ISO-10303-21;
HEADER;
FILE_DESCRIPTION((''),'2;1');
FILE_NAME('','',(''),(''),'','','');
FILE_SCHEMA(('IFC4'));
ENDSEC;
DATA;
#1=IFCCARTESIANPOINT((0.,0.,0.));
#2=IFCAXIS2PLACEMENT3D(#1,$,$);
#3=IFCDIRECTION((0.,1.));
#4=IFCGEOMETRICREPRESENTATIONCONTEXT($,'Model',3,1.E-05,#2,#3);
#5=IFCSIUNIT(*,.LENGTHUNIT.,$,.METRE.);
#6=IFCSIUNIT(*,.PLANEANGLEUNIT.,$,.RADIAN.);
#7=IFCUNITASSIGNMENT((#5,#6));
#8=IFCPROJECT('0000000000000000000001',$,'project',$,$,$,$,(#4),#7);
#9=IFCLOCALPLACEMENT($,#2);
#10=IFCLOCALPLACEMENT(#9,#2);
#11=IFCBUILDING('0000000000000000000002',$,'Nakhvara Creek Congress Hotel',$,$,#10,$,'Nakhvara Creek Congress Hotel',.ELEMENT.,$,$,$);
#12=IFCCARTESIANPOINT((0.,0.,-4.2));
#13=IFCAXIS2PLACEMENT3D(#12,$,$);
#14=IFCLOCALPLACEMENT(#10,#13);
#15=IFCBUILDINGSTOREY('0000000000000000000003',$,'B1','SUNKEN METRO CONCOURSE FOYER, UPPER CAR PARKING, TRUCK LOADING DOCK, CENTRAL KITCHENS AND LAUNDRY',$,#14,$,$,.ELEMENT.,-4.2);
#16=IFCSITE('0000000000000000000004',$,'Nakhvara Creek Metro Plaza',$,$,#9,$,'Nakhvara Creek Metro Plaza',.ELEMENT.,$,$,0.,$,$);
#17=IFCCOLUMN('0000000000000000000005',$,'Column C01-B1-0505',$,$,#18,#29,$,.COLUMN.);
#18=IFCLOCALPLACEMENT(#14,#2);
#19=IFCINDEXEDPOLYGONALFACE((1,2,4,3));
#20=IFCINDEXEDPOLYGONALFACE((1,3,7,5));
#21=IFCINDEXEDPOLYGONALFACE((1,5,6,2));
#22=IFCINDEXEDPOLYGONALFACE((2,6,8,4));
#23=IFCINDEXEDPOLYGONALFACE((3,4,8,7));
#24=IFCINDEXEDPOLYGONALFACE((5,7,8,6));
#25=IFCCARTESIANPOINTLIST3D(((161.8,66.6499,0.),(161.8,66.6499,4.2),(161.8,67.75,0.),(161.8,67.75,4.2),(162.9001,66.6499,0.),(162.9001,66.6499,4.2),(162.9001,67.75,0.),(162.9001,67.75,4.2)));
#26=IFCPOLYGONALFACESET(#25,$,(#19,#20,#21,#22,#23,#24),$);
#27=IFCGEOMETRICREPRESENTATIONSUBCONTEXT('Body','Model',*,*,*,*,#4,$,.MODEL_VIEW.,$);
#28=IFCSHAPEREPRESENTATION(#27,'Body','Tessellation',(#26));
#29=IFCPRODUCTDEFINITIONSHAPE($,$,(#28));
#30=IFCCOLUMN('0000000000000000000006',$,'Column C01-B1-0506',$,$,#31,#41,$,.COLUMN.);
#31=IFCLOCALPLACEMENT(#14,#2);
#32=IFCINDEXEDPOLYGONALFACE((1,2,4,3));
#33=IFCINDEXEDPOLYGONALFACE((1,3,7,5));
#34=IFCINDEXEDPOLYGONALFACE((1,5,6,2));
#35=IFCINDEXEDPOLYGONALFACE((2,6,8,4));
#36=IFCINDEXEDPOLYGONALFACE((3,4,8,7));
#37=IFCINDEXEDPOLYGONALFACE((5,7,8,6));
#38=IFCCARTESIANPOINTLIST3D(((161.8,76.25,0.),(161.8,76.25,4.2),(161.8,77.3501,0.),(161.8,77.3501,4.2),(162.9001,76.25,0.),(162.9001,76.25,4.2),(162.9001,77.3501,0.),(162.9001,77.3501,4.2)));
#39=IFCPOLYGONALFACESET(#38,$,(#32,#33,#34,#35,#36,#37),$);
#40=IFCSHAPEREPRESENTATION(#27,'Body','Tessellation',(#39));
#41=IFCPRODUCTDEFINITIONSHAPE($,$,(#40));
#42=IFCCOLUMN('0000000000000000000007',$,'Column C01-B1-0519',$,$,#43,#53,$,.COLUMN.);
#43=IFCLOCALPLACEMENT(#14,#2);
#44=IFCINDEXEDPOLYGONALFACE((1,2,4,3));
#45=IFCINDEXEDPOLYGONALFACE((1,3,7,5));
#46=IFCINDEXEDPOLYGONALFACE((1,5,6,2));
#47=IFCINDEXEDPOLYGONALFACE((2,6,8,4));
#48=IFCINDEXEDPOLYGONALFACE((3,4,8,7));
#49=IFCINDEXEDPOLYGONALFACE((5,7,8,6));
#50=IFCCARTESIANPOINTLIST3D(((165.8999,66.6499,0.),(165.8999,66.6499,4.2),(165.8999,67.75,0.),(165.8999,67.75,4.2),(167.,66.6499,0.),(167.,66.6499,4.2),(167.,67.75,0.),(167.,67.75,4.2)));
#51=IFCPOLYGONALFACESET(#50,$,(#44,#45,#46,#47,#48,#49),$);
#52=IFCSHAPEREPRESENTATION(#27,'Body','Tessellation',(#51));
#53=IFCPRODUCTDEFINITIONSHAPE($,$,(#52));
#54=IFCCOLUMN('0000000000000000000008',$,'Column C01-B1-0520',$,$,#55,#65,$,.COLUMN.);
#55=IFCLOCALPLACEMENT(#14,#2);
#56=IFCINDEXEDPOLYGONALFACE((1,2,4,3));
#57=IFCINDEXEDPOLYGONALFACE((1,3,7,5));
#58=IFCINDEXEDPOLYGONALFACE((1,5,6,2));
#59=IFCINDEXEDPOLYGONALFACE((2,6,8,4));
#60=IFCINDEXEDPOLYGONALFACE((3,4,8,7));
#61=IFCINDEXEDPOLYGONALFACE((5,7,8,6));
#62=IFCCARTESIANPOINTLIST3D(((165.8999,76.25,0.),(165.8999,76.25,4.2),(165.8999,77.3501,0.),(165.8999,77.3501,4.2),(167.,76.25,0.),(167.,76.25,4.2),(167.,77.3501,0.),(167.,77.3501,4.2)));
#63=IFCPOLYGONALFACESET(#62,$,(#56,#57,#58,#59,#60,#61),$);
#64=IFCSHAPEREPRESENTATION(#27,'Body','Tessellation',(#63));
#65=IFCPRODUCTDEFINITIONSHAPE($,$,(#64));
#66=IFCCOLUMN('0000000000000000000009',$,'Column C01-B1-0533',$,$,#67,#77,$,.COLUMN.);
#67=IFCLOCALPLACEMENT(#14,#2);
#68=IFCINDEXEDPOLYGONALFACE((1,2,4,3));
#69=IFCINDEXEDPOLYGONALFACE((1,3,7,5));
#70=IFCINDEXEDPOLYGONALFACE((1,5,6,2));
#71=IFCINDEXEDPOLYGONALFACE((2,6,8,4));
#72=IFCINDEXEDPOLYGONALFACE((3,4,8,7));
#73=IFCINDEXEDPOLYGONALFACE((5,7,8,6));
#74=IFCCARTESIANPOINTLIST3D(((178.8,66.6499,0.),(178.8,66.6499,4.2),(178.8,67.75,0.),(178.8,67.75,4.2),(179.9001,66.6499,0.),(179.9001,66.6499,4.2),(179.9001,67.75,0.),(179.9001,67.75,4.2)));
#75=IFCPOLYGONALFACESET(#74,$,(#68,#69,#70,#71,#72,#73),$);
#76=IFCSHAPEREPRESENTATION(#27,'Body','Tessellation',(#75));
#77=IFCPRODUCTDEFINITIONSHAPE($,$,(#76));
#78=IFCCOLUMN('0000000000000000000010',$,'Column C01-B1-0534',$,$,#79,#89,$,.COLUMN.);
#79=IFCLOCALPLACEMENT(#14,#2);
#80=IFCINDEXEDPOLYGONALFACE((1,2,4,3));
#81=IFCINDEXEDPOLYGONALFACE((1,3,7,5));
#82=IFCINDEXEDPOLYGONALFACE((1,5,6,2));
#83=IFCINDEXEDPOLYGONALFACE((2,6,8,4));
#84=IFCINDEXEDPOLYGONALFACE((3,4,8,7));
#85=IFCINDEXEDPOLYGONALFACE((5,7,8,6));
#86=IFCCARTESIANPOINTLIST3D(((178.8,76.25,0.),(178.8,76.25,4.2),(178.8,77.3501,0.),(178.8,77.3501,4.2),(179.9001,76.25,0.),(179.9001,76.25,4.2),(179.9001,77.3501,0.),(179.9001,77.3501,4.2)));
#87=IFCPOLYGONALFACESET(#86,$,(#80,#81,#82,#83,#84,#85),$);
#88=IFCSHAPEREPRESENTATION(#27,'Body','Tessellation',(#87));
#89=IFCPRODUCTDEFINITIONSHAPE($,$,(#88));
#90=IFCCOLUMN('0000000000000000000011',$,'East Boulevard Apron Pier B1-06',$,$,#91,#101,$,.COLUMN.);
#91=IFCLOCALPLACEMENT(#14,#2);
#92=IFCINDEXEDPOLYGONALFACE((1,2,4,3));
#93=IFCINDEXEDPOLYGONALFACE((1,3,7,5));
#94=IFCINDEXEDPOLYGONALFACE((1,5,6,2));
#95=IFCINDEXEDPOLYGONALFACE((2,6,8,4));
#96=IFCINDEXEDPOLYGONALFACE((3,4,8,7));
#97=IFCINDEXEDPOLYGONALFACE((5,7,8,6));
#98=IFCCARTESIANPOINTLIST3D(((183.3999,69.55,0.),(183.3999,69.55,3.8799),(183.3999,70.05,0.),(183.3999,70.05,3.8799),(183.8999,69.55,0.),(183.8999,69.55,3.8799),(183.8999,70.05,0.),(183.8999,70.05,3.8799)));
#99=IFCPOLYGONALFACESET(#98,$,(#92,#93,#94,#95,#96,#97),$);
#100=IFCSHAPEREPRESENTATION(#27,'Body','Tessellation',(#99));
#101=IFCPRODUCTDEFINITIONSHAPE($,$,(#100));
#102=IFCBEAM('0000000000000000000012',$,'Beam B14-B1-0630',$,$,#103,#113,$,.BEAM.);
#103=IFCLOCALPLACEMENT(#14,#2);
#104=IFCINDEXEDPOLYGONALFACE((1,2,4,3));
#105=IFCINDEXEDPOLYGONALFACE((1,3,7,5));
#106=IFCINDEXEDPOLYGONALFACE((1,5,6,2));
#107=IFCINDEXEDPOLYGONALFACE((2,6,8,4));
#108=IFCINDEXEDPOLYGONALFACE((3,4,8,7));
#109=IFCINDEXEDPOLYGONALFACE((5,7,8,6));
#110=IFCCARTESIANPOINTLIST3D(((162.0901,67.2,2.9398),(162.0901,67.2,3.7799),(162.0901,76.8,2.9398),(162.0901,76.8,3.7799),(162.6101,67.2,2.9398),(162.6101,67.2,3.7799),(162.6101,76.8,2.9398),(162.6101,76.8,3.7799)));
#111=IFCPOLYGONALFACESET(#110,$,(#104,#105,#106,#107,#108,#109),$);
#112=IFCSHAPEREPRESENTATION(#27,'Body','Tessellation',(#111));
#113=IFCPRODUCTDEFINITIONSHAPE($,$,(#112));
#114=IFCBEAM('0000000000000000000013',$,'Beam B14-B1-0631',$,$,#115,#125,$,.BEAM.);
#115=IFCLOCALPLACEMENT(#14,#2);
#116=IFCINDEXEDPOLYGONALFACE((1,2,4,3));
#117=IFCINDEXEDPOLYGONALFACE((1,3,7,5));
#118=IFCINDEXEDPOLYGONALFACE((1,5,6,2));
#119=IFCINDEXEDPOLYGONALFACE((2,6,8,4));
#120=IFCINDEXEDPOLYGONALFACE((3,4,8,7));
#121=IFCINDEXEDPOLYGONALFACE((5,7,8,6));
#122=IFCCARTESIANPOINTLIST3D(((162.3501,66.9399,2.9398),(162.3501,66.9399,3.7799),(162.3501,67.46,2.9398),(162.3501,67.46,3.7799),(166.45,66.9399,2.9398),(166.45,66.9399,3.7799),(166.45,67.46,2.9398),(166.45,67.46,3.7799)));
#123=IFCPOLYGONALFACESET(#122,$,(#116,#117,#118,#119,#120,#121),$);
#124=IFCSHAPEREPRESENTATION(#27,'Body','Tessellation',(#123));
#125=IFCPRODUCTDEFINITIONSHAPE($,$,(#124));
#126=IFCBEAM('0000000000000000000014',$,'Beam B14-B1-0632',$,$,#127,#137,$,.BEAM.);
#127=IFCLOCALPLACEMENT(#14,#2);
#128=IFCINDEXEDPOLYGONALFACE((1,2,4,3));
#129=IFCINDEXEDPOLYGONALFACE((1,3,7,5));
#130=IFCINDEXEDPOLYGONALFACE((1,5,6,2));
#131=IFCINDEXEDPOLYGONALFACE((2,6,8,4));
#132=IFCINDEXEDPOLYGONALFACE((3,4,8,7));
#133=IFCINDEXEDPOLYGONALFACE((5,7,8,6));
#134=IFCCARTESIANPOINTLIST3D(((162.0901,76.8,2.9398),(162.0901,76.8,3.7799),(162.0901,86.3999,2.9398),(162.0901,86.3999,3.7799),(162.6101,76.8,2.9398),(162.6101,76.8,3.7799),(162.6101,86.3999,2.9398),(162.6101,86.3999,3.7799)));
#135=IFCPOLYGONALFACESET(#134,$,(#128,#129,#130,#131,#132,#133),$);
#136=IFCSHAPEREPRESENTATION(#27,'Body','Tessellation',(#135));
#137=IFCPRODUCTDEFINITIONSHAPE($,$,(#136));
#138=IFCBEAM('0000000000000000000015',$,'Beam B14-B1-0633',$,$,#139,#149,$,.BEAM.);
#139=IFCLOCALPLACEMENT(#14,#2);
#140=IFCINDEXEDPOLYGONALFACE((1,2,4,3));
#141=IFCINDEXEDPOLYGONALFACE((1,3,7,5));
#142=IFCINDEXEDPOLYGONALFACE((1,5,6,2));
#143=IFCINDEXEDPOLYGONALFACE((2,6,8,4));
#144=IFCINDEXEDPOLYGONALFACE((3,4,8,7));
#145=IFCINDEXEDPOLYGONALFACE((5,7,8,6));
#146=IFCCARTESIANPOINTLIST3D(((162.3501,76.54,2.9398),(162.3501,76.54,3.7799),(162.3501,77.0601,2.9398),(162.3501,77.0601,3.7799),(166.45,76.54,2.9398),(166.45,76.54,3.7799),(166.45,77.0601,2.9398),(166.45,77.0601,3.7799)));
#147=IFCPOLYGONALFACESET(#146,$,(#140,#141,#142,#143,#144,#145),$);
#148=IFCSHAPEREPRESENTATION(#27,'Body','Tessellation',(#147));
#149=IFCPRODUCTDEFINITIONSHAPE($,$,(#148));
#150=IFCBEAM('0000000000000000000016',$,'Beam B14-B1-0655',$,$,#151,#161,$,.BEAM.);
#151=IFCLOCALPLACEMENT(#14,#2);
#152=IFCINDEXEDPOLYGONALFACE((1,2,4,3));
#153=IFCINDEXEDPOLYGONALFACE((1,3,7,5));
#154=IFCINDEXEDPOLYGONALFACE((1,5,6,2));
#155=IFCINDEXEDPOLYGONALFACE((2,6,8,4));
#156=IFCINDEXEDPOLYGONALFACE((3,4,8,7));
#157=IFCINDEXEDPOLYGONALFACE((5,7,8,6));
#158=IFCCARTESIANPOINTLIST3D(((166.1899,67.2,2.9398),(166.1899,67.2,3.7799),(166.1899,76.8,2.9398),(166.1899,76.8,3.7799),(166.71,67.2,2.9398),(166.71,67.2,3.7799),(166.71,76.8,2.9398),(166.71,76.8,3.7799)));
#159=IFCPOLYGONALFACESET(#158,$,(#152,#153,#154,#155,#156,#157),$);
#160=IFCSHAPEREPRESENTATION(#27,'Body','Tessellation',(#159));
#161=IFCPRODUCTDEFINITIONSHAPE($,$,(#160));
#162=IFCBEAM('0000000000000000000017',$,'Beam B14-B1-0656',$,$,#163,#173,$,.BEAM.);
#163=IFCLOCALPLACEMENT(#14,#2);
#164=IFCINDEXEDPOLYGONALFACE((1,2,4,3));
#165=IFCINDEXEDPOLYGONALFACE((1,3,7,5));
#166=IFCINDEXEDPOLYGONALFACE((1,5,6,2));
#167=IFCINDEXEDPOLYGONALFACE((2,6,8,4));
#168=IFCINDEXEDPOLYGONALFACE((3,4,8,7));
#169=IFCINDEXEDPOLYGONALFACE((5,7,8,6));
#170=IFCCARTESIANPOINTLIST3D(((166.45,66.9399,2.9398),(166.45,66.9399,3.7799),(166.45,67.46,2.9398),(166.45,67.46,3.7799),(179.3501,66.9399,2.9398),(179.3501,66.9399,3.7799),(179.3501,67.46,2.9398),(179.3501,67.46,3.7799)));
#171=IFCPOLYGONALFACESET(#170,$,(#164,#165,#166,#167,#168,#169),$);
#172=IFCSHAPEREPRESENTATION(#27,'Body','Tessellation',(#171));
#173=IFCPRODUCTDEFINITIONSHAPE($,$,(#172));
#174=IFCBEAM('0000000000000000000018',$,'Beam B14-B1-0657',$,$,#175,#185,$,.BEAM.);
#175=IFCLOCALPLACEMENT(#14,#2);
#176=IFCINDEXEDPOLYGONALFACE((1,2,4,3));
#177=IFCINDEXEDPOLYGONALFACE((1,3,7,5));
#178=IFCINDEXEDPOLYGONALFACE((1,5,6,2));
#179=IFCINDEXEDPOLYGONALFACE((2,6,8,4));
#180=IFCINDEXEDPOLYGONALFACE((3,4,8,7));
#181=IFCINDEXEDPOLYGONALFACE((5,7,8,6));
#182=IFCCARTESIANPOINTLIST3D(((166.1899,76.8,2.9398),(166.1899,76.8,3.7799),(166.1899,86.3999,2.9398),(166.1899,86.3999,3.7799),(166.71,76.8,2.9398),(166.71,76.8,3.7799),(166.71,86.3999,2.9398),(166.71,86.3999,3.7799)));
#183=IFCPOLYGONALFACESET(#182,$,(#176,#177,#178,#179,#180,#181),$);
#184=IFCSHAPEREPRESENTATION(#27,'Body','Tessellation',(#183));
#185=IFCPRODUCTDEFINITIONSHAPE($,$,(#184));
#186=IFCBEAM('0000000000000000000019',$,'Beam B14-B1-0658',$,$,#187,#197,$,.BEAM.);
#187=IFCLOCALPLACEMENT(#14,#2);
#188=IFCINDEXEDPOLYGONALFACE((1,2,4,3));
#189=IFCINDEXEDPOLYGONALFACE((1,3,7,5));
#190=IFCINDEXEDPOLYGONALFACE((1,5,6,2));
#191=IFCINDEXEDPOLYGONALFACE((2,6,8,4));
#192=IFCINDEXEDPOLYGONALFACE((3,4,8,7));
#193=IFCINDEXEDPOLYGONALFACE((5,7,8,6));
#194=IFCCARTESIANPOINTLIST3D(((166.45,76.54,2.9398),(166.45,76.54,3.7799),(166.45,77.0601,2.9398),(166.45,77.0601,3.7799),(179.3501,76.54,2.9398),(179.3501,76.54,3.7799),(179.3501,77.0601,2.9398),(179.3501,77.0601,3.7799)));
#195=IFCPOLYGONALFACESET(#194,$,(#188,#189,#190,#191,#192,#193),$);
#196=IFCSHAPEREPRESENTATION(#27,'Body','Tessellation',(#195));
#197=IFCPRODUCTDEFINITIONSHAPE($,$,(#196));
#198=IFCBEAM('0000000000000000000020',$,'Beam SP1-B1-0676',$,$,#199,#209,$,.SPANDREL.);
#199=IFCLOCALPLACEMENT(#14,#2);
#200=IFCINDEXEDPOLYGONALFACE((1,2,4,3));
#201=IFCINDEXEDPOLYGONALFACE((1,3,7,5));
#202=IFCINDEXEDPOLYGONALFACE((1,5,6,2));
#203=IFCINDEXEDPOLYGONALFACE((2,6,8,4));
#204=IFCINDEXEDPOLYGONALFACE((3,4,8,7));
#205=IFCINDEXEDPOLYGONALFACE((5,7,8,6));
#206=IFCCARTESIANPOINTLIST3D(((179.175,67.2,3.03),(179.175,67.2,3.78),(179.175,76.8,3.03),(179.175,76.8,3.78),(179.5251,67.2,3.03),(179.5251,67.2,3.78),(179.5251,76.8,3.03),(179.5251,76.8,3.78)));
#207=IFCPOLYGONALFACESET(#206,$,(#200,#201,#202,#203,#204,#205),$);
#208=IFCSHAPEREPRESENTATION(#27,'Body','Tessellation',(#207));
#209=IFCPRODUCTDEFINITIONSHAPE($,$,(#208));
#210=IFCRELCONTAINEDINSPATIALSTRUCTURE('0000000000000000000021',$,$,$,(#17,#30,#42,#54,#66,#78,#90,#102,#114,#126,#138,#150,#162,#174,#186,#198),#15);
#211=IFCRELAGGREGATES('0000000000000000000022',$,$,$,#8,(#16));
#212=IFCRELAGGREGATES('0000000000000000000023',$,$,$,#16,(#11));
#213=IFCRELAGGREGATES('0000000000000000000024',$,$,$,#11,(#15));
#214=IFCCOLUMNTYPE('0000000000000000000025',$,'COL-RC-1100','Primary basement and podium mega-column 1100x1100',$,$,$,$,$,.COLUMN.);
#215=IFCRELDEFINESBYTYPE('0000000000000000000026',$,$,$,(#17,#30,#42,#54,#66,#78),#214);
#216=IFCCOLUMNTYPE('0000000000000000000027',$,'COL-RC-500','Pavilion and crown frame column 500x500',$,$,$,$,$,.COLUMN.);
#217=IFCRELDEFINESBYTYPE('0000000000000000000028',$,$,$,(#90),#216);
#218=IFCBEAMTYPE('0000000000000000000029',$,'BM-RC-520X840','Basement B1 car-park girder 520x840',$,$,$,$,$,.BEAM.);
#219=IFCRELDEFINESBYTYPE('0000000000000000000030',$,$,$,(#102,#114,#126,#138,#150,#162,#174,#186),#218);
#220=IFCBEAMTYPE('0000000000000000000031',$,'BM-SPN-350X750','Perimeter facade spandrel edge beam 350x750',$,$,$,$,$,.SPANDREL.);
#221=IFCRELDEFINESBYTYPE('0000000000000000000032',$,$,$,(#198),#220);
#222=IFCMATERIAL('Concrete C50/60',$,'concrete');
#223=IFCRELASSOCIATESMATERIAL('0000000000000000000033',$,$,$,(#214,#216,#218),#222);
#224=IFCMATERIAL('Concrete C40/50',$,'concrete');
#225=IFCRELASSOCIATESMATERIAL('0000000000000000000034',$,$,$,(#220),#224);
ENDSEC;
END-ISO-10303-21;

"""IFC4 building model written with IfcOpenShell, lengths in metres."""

from ifc_helpers import new_model, si_unit, direction, frame, origin, origin_2d, place, context, subcontext, project, spatial, rectangle, extrude, material, material_profile, profile_set, type_object, element, save


model = new_model("IFC4")

# Units and contexts
model_context = context("Model", 3, precision=1e-05, world=origin(), true_north=direction((0.0, 1.0)))
body_context = subcontext(model_context, "Body", "Model", "MODEL_VIEW")
ifc_project = project(units=[si_unit("LENGTHUNIT", "METRE"), si_unit("PLANEANGLEUNIT", "RADIAN")], contexts=[model_context])

# Site, building, storey
site_placement = place(None, origin())
site = spatial("IfcSite", under=ifc_project, at=site_placement, Name="Nakhvara Creek Metro Plaza", LongName="Nakhvara Creek Metro Plaza", CompositionType="ELEMENT", RefElevation=0.0)
building_placement = place(site_placement, origin())
building = spatial("IfcBuilding", under=site, at=building_placement, Name="Nakhvara Creek Congress Hotel", LongName="Nakhvara Creek Congress Hotel", CompositionType="ELEMENT")
storey_placement = place(building_placement, frame((0.0, 0.0, -4.2)))
storey = spatial("IfcBuildingStorey", under=building, at=storey_placement, Name="B1", Description="SUNKEN METRO CONCOURSE FOYER, UPPER CAR PARKING, TRUCK LOADING DOCK, CENTRAL KITCHENS AND LAUNDRY", CompositionType="ELEMENT", Elevation=-4.2)

# Columns
ifc_material_1 = material(Name="Concrete C50/60", Category="concrete")
ifc_material_profile_1 = material_profile(ifc_material_1, rectangle(XDim=1.1001, YDim=1.1001, at=origin_2d()), Name="RC-COL 1100x1100", Category="LoadBearing")
ifc_profile_set_1 = profile_set([ifc_material_profile_1], Name="Concrete C50/60")
column_type_1 = type_object("IfcColumnType", Name="COL-RC-1100", Description="Primary basement and podium mega-column 1100x1100", PredefinedType="COLUMN", material=ifc_profile_set_1)
for number, where, z_axis, x_axis, name in (
    (1, (162.3501, 67.2, 0.0), (0.0, 0.0, 1.0), (1.0, 0.0, 0.0), "Column C01-B1-0505"),
    (2, (162.3501, 76.8, 0.0), (0.0, 0.0, 1.0), (1.0, 0.0, 0.0), "Column C01-B1-0506"),
    (3, (166.45, 67.2, 0.0), (0.0, 0.0, 1.0), (1.0, 0.0, 0.0), "Column C01-B1-0519"),
    (4, (166.45, 76.8, 0.0), (0.0, 0.0, 1.0), (1.0, 0.0, 0.0), "Column C01-B1-0520"),
    (5, (179.3501, 67.2, 0.0), (0.0, 0.0, 1.0), (1.0, 0.0, 0.0), "Column C01-B1-0533"),
    (6, (179.3501, 76.8, 0.0), (0.0, 0.0, 1.0), (1.0, 0.0, 0.0), "Column C01-B1-0534"),
):
    element("IfcColumn", number, at=place(storey_placement, frame(where, z_axis=z_axis, x_axis=x_axis)), inside=storey, type_object=column_type_1, Name=name, PredefinedType="COLUMN", context=body_context, shape_type="SweptSolid", body=[
        extrude(rectangle(XDim=1.1001, YDim=1.1001, at=origin_2d()), origin(), (0.0, 0.0, 1.0), 4.2),
    ])
ifc_material_profile_2 = material_profile(ifc_material_1, rectangle(XDim=0.5, YDim=0.5, at=origin_2d()), Name="RC-COL 500x500", Category="LoadBearing")
ifc_profile_set_2 = profile_set([ifc_material_profile_2], Name="Concrete C50/60")
column_type_2 = type_object("IfcColumnType", Name="COL-RC-500", Description="Pavilion and crown frame column 500x500", PredefinedType="COLUMN", material=ifc_profile_set_2)
column_placement = place(storey_placement, frame((183.6499, 69.8, 0.0), z_axis=(0.0, 0.0, 1.0), x_axis=(1.0, 0.0, 0.0)))
element("IfcColumn", 7, at=column_placement, inside=storey, type_object=column_type_2, Name="East Boulevard Apron Pier B1-06", PredefinedType="COLUMN", context=body_context, shape_type="SweptSolid", body=[
    extrude(rectangle(XDim=0.5, YDim=0.5, at=origin_2d()), origin(), (0.0, 0.0, 1.0), 3.8799),
])

# Beams
ifc_material_profile_3 = material_profile(ifc_material_1, rectangle(XDim=0.52, YDim=0.8401, at=origin_2d()), Name="RC-BM 520x840", Category="LoadBearing")
ifc_profile_set_3 = profile_set([ifc_material_profile_3], Name="Concrete C50/60")
beam_type_1 = type_object("IfcBeamType", Name="BM-RC-520X840", Description="Basement B1 car-park girder 520x840", PredefinedType="BEAM", material=ifc_profile_set_3)
beam_1_placement = place(storey_placement, frame((162.3501, 67.2, 3.3599), z_axis=(0.0, 1.0, 0.0), x_axis=(-1.0, 0.0, 0.0)))
element("IfcBeam", 8, at=beam_1_placement, inside=storey, type_object=beam_type_1, Name="Beam B14-B1-0630", PredefinedType="BEAM", context=body_context, shape_type="SweptSolid", body=[
    extrude(rectangle(XDim=0.52, YDim=0.8401, at=origin_2d()), origin(), (0.0, 0.0, 1.0), 9.6001),
])
beam_2_placement = place(storey_placement, frame((162.3501, 67.2, 3.3599), z_axis=(1.0, 0.0, 0.0), x_axis=(0.0, 1.0, 0.0)))
element("IfcBeam", 9, at=beam_2_placement, inside=storey, type_object=beam_type_1, Name="Beam B14-B1-0631", PredefinedType="BEAM", context=body_context, shape_type="SweptSolid", body=[
    extrude(rectangle(XDim=0.52, YDim=0.8401, at=origin_2d()), origin(), (0.0, 0.0, 1.0), 4.0999),
])
beam_3_placement = place(storey_placement, frame((162.3501, 76.8, 3.3599), z_axis=(0.0, 1.0, 0.0), x_axis=(-1.0, 0.0, 0.0)))
element("IfcBeam", 10, at=beam_3_placement, inside=storey, type_object=beam_type_1, Name="Beam B14-B1-0632", PredefinedType="BEAM", context=body_context, shape_type="SweptSolid", body=[
    extrude(rectangle(XDim=0.52, YDim=0.8401, at=origin_2d()), origin(), (0.0, 0.0, 1.0), 9.5999),
])
beam_4_placement = place(storey_placement, frame((162.3501, 76.8, 3.3599), z_axis=(1.0, 0.0, 0.0), x_axis=(0.0, 1.0, 0.0)))
element("IfcBeam", 11, at=beam_4_placement, inside=storey, type_object=beam_type_1, Name="Beam B14-B1-0633", PredefinedType="BEAM", context=body_context, shape_type="SweptSolid", body=[
    extrude(rectangle(XDim=0.52, YDim=0.8401, at=origin_2d()), origin(), (0.0, 0.0, 1.0), 4.0999),
])
beam_5_placement = place(storey_placement, frame((166.45, 67.2, 3.3599), z_axis=(0.0, 1.0, 0.0), x_axis=(-1.0, 0.0, 0.0)))
element("IfcBeam", 12, at=beam_5_placement, inside=storey, type_object=beam_type_1, Name="Beam B14-B1-0655", PredefinedType="BEAM", context=body_context, shape_type="SweptSolid", body=[
    extrude(rectangle(XDim=0.52, YDim=0.8401, at=origin_2d()), origin(), (0.0, 0.0, 1.0), 9.6001),
])
beam_6_placement = place(storey_placement, frame((166.45, 67.2, 3.3599), z_axis=(1.0, 0.0, 0.0), x_axis=(0.0, 1.0, 0.0)))
element("IfcBeam", 13, at=beam_6_placement, inside=storey, type_object=beam_type_1, Name="Beam B14-B1-0656", PredefinedType="BEAM", context=body_context, shape_type="SweptSolid", body=[
    extrude(rectangle(XDim=0.52, YDim=0.8401, at=origin_2d()), origin(), (0.0, 0.0, 1.0), 12.9001),
])
beam_7_placement = place(storey_placement, frame((166.45, 76.8, 3.3599), z_axis=(0.0, 1.0, 0.0), x_axis=(-1.0, 0.0, 0.0)))
element("IfcBeam", 14, at=beam_7_placement, inside=storey, type_object=beam_type_1, Name="Beam B14-B1-0657", PredefinedType="BEAM", context=body_context, shape_type="SweptSolid", body=[
    extrude(rectangle(XDim=0.52, YDim=0.8401, at=origin_2d()), origin(), (0.0, 0.0, 1.0), 9.5999),
])
beam_8_placement = place(storey_placement, frame((166.45, 76.8, 3.3599), z_axis=(1.0, 0.0, 0.0), x_axis=(0.0, 1.0, 0.0)))
element("IfcBeam", 15, at=beam_8_placement, inside=storey, type_object=beam_type_1, Name="Beam B14-B1-0658", PredefinedType="BEAM", context=body_context, shape_type="SweptSolid", body=[
    extrude(rectangle(XDim=0.52, YDim=0.8401, at=origin_2d()), origin(), (0.0, 0.0, 1.0), 12.9001),
])
ifc_material_2 = material(Name="Concrete C40/50", Category="concrete")
ifc_material_profile_4 = material_profile(ifc_material_2, rectangle(XDim=0.3501, YDim=0.75, at=origin_2d()), Name="RC-SPANDREL 350x750", Category="LoadBearing")
ifc_profile_set_4 = profile_set([ifc_material_profile_4], Name="Concrete C40/50")
beam_type_2 = type_object("IfcBeamType", Name="BM-SPN-350X750", Description="Perimeter facade spandrel edge beam 350x750", PredefinedType="SPANDREL", material=ifc_profile_set_4)
beam_9_placement = place(storey_placement, frame((179.3501, 67.2, 3.405), z_axis=(0.0, 1.0, 0.0), x_axis=(-1.0, 0.0, 0.0)))
element("IfcBeam", 16, at=beam_9_placement, inside=storey, type_object=beam_type_2, Name="Beam SP1-B1-0676", PredefinedType="SPANDREL", context=body_context, shape_type="SweptSolid", body=[
    extrude(rectangle(XDim=0.3501, YDim=0.75, at=origin_2d()), origin(), (0.0, 0.0, 1.0), 9.6001),
])

save(model, "model.ifc")
